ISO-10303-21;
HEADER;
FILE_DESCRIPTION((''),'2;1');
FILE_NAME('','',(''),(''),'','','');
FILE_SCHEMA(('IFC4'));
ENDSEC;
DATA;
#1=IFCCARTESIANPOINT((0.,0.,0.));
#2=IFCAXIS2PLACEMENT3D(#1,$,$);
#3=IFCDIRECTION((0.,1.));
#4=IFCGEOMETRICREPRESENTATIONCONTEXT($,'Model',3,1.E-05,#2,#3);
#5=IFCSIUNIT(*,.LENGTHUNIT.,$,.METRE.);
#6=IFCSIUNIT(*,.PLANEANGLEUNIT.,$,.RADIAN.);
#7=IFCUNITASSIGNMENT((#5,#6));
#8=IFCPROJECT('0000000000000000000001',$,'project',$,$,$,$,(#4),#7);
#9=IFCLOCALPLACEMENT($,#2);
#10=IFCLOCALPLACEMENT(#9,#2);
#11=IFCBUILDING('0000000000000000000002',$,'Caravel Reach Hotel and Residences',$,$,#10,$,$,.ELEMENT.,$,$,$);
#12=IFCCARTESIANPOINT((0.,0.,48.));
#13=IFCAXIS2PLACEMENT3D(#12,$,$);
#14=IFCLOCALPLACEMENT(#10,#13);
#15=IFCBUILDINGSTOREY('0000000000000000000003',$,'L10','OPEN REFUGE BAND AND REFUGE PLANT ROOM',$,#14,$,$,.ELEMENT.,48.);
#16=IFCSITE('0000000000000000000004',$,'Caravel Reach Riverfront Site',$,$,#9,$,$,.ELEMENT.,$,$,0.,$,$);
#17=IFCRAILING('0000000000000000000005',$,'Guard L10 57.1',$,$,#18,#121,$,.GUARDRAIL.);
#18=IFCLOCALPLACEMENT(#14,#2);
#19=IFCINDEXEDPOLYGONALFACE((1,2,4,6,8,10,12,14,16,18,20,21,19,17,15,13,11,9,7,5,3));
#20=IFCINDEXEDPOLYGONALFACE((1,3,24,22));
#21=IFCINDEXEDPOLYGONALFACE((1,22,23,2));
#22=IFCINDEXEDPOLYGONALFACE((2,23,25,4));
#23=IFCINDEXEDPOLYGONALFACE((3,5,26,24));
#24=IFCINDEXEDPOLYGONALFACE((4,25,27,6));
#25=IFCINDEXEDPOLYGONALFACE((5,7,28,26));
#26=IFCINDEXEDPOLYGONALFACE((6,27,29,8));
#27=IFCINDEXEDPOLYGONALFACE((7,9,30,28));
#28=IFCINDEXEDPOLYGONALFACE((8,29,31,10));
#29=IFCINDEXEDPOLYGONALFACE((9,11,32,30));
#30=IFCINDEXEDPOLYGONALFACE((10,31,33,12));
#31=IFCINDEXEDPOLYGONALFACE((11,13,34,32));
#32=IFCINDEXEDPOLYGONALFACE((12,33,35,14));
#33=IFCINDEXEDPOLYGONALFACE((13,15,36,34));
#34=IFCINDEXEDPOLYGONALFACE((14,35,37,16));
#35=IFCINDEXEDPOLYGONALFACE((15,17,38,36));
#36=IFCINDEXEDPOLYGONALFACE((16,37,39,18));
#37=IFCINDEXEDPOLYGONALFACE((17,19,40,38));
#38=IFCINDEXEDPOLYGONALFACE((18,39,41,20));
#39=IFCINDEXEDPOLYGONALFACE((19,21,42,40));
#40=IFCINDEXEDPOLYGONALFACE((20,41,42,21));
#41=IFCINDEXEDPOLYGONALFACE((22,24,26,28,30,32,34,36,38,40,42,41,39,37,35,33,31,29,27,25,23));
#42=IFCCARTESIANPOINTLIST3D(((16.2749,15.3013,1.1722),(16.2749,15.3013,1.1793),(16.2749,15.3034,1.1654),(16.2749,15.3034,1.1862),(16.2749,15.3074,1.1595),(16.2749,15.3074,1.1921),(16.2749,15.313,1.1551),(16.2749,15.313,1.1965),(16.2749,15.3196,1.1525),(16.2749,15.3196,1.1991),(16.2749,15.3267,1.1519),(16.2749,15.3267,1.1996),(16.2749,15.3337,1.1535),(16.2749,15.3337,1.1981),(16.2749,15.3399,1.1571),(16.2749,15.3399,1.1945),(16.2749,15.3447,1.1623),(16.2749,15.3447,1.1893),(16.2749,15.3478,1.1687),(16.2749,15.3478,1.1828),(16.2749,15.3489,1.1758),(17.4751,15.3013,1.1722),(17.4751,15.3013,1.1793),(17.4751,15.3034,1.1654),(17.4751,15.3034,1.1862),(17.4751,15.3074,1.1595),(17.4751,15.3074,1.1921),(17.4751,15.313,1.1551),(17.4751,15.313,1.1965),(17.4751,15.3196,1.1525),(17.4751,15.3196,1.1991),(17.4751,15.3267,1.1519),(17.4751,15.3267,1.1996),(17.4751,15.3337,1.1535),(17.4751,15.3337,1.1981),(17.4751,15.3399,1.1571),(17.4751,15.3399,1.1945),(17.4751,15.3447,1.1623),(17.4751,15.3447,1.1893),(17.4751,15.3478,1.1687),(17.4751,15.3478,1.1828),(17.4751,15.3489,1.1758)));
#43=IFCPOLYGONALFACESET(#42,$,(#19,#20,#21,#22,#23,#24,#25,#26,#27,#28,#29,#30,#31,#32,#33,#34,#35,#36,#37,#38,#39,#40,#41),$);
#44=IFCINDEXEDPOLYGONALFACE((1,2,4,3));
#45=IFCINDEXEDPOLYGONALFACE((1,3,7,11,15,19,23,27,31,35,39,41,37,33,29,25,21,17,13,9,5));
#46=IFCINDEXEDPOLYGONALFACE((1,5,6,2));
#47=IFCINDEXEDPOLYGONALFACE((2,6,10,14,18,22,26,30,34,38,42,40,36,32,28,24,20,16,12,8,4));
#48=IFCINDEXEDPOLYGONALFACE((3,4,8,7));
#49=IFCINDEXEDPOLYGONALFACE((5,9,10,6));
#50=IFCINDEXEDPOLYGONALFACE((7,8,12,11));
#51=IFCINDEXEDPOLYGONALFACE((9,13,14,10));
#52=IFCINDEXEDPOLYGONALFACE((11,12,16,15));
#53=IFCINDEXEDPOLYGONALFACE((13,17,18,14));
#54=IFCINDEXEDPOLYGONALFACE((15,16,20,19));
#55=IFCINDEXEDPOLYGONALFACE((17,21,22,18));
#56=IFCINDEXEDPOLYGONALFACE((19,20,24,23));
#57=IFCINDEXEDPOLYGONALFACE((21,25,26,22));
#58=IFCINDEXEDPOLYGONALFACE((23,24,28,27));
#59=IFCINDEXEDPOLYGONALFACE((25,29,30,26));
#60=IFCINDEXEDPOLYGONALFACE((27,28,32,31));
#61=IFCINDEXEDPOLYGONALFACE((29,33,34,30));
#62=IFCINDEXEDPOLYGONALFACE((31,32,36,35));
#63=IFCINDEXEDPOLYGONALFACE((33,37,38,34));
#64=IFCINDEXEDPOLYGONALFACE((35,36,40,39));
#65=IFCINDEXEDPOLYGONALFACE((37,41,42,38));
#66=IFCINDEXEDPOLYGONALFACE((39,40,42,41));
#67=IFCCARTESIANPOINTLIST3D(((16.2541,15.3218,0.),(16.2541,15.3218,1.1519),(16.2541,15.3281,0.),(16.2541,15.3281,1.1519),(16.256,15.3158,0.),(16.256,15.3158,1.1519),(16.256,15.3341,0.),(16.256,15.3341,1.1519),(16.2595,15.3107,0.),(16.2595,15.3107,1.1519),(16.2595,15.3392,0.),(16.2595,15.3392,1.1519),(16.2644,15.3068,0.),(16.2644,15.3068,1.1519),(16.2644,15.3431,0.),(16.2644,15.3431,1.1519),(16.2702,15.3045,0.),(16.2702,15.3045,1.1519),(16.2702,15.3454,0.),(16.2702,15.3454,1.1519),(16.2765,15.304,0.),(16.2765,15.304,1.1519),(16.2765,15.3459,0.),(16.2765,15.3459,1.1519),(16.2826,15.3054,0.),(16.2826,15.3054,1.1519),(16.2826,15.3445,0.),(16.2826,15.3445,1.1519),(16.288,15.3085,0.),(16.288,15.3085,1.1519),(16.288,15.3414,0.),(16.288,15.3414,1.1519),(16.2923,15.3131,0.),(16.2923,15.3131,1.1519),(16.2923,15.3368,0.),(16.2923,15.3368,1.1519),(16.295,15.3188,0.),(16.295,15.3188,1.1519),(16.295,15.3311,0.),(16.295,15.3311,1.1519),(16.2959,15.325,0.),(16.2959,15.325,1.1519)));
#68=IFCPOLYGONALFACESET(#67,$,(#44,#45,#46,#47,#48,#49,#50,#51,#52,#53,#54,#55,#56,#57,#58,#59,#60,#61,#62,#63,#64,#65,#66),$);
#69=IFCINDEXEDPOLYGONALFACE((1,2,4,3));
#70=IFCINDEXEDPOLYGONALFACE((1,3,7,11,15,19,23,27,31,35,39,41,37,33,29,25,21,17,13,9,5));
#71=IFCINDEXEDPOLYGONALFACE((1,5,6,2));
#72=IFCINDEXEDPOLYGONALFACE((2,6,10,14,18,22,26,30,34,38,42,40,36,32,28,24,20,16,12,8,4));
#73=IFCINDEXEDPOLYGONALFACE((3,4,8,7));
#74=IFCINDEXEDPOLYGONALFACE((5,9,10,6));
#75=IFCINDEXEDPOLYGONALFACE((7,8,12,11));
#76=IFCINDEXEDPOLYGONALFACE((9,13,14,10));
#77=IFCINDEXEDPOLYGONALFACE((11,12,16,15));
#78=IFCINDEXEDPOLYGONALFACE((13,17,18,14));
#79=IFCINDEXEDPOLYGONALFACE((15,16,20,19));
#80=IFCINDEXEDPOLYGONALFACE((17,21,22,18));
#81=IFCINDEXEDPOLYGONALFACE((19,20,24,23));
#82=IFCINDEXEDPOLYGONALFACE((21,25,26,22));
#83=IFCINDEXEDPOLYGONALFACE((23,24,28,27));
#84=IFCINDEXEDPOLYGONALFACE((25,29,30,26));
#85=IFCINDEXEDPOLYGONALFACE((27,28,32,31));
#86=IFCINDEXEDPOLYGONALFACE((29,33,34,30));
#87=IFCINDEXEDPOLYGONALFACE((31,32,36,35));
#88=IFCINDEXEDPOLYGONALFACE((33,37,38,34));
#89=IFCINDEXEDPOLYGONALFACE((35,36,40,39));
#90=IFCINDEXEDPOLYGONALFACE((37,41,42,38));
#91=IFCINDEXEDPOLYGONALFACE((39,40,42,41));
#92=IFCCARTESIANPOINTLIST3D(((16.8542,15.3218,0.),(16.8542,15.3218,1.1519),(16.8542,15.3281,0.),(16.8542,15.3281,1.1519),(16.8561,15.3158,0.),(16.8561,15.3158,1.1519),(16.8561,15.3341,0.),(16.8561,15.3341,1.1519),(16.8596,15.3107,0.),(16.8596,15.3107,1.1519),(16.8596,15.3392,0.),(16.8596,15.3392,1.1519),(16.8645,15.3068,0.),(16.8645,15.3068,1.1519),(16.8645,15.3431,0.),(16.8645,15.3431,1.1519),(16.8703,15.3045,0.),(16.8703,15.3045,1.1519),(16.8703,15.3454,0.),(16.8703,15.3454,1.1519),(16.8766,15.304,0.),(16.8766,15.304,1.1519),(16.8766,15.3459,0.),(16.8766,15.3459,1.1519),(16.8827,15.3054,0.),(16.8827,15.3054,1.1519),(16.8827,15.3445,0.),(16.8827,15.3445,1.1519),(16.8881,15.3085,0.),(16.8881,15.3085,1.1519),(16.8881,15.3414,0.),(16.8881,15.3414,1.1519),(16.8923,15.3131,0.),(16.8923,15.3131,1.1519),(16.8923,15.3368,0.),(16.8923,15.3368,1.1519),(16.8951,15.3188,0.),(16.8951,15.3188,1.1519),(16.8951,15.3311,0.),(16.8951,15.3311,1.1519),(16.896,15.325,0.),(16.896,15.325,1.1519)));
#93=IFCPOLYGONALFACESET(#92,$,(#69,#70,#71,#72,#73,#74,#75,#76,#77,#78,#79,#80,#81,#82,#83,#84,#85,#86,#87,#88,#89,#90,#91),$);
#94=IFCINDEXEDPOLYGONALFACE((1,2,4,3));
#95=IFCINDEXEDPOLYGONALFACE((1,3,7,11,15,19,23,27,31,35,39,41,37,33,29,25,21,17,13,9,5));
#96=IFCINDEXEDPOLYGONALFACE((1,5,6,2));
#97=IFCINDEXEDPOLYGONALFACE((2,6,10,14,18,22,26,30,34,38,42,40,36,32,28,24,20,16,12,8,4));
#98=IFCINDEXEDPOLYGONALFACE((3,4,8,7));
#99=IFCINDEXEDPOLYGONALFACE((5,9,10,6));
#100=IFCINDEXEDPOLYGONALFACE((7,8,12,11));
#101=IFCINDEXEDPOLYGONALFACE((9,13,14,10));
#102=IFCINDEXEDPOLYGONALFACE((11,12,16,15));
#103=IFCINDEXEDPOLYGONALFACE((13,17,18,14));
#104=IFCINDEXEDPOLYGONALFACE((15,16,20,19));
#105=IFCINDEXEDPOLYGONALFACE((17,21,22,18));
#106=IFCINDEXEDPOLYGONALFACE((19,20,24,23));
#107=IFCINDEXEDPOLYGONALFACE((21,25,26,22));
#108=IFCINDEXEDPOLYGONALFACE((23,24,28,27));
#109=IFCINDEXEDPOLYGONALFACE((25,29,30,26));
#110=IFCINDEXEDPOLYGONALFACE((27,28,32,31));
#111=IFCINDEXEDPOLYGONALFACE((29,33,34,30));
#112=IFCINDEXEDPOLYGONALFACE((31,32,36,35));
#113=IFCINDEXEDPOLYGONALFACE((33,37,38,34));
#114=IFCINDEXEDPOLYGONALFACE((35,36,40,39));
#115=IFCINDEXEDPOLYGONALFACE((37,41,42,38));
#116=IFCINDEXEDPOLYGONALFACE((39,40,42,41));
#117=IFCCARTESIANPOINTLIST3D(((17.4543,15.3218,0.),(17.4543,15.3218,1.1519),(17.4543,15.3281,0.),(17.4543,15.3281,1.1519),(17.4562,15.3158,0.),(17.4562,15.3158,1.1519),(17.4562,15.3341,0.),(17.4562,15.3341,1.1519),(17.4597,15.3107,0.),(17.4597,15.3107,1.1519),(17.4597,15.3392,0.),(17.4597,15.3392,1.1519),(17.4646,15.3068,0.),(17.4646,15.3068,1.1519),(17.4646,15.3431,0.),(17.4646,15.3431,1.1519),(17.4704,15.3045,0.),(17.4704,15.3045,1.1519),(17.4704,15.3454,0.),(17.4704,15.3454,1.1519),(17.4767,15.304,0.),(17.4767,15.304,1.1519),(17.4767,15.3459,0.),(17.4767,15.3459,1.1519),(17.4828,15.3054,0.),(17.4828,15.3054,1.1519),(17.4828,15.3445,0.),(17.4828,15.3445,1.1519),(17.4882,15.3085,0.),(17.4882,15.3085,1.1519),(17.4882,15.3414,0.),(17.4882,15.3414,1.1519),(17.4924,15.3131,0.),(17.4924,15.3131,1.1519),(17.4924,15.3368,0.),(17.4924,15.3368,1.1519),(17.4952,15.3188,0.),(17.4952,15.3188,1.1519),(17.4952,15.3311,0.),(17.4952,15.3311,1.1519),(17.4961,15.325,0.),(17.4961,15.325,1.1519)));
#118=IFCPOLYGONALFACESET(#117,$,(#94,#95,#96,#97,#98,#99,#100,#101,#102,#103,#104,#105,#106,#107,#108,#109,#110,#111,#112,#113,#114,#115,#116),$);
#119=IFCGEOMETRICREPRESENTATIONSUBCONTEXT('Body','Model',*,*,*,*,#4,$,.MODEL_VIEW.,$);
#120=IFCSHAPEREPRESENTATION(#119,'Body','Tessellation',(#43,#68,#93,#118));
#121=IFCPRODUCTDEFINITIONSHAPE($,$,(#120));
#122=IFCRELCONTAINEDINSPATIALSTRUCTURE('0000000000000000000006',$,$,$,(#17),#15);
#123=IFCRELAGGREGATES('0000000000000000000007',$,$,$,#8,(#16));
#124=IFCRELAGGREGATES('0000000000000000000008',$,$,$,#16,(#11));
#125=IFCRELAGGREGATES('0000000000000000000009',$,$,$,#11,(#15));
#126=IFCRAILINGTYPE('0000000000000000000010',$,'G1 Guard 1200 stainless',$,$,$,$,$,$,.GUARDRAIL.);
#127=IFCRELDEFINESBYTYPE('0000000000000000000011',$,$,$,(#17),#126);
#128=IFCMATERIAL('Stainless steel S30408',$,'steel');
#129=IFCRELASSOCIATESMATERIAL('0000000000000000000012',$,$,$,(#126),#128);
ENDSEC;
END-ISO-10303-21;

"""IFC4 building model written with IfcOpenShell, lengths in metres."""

from ifc_helpers import new_model, si_unit, direction, frame, origin, origin_2d, place, context, subcontext, project, spatial, circle, extrude, material, type_object, element, save


model = new_model("IFC4")

# Units and contexts
model_context = context("Model", 3, precision=1e-05, world=origin(), true_north=direction((0.0, 1.0)))
body_context = subcontext(model_context, "Body", "Model", "MODEL_VIEW")
ifc_project = project(units=[si_unit("LENGTHUNIT", "METRE"), si_unit("PLANEANGLEUNIT", "RADIAN")], contexts=[model_context])

# Site, building, storey
site_placement = place(None, origin())
site = spatial("IfcSite", under=ifc_project, at=site_placement, Name="Caravel Reach Riverfront Site", CompositionType="ELEMENT", RefElevation=0.0)
building_placement = place(site_placement, origin())
building = spatial("IfcBuilding", under=site, at=building_placement, Name="Caravel Reach Hotel and Residences", CompositionType="ELEMENT")
storey_placement = place(building_placement, frame((0.0, 0.0, 48.0)))
storey = spatial("IfcBuildingStorey", under=building, at=storey_placement, Name="L10", Description="OPEN REFUGE BAND AND REFUGE PLANT ROOM", CompositionType="ELEMENT", Elevation=48.0)

# Railing
ifc_material_1 = material(Name="Stainless steel S30408", Category="steel")
railing_type = type_object("IfcRailingType", Name="G1 Guard 1200 stainless", PredefinedType="GUARDRAIL", material=ifc_material_1)
railing_1_placement = place(storey_placement, frame((16.2749, 15.325, 0.0)))
element("IfcRailing", 1, at=railing_1_placement, inside=storey, type_object=railing_type, Name="Guard L10 57.1", PredefinedType="GUARDRAIL", context=body_context, shape_type="SweptSolid", body=[
    extrude(circle(Radius=0.0239, at=origin_2d()), frame((0.0, 0.0, 1.1758), z_axis=(1.0, 0.0, 0.0), x_axis=(0.0, 1.0, 0.0)), (0.0, 0.0, 1.0), 1.2002),
    extrude(circle(Radius=0.021, at=origin_2d()), origin(), (0.0, 0.0, 1.0), 1.1519),
    extrude(circle(Radius=0.021, at=origin_2d()), frame((0.6001, 0.0, 0.0)), (0.0, 0.0, 1.0), 1.1519),
    extrude(circle(Radius=0.021, at=origin_2d()), frame((1.2002, 0.0, 0.0)), (0.0, 0.0, 1.0), 1.1519),
])

save(model, "model.ifc")
